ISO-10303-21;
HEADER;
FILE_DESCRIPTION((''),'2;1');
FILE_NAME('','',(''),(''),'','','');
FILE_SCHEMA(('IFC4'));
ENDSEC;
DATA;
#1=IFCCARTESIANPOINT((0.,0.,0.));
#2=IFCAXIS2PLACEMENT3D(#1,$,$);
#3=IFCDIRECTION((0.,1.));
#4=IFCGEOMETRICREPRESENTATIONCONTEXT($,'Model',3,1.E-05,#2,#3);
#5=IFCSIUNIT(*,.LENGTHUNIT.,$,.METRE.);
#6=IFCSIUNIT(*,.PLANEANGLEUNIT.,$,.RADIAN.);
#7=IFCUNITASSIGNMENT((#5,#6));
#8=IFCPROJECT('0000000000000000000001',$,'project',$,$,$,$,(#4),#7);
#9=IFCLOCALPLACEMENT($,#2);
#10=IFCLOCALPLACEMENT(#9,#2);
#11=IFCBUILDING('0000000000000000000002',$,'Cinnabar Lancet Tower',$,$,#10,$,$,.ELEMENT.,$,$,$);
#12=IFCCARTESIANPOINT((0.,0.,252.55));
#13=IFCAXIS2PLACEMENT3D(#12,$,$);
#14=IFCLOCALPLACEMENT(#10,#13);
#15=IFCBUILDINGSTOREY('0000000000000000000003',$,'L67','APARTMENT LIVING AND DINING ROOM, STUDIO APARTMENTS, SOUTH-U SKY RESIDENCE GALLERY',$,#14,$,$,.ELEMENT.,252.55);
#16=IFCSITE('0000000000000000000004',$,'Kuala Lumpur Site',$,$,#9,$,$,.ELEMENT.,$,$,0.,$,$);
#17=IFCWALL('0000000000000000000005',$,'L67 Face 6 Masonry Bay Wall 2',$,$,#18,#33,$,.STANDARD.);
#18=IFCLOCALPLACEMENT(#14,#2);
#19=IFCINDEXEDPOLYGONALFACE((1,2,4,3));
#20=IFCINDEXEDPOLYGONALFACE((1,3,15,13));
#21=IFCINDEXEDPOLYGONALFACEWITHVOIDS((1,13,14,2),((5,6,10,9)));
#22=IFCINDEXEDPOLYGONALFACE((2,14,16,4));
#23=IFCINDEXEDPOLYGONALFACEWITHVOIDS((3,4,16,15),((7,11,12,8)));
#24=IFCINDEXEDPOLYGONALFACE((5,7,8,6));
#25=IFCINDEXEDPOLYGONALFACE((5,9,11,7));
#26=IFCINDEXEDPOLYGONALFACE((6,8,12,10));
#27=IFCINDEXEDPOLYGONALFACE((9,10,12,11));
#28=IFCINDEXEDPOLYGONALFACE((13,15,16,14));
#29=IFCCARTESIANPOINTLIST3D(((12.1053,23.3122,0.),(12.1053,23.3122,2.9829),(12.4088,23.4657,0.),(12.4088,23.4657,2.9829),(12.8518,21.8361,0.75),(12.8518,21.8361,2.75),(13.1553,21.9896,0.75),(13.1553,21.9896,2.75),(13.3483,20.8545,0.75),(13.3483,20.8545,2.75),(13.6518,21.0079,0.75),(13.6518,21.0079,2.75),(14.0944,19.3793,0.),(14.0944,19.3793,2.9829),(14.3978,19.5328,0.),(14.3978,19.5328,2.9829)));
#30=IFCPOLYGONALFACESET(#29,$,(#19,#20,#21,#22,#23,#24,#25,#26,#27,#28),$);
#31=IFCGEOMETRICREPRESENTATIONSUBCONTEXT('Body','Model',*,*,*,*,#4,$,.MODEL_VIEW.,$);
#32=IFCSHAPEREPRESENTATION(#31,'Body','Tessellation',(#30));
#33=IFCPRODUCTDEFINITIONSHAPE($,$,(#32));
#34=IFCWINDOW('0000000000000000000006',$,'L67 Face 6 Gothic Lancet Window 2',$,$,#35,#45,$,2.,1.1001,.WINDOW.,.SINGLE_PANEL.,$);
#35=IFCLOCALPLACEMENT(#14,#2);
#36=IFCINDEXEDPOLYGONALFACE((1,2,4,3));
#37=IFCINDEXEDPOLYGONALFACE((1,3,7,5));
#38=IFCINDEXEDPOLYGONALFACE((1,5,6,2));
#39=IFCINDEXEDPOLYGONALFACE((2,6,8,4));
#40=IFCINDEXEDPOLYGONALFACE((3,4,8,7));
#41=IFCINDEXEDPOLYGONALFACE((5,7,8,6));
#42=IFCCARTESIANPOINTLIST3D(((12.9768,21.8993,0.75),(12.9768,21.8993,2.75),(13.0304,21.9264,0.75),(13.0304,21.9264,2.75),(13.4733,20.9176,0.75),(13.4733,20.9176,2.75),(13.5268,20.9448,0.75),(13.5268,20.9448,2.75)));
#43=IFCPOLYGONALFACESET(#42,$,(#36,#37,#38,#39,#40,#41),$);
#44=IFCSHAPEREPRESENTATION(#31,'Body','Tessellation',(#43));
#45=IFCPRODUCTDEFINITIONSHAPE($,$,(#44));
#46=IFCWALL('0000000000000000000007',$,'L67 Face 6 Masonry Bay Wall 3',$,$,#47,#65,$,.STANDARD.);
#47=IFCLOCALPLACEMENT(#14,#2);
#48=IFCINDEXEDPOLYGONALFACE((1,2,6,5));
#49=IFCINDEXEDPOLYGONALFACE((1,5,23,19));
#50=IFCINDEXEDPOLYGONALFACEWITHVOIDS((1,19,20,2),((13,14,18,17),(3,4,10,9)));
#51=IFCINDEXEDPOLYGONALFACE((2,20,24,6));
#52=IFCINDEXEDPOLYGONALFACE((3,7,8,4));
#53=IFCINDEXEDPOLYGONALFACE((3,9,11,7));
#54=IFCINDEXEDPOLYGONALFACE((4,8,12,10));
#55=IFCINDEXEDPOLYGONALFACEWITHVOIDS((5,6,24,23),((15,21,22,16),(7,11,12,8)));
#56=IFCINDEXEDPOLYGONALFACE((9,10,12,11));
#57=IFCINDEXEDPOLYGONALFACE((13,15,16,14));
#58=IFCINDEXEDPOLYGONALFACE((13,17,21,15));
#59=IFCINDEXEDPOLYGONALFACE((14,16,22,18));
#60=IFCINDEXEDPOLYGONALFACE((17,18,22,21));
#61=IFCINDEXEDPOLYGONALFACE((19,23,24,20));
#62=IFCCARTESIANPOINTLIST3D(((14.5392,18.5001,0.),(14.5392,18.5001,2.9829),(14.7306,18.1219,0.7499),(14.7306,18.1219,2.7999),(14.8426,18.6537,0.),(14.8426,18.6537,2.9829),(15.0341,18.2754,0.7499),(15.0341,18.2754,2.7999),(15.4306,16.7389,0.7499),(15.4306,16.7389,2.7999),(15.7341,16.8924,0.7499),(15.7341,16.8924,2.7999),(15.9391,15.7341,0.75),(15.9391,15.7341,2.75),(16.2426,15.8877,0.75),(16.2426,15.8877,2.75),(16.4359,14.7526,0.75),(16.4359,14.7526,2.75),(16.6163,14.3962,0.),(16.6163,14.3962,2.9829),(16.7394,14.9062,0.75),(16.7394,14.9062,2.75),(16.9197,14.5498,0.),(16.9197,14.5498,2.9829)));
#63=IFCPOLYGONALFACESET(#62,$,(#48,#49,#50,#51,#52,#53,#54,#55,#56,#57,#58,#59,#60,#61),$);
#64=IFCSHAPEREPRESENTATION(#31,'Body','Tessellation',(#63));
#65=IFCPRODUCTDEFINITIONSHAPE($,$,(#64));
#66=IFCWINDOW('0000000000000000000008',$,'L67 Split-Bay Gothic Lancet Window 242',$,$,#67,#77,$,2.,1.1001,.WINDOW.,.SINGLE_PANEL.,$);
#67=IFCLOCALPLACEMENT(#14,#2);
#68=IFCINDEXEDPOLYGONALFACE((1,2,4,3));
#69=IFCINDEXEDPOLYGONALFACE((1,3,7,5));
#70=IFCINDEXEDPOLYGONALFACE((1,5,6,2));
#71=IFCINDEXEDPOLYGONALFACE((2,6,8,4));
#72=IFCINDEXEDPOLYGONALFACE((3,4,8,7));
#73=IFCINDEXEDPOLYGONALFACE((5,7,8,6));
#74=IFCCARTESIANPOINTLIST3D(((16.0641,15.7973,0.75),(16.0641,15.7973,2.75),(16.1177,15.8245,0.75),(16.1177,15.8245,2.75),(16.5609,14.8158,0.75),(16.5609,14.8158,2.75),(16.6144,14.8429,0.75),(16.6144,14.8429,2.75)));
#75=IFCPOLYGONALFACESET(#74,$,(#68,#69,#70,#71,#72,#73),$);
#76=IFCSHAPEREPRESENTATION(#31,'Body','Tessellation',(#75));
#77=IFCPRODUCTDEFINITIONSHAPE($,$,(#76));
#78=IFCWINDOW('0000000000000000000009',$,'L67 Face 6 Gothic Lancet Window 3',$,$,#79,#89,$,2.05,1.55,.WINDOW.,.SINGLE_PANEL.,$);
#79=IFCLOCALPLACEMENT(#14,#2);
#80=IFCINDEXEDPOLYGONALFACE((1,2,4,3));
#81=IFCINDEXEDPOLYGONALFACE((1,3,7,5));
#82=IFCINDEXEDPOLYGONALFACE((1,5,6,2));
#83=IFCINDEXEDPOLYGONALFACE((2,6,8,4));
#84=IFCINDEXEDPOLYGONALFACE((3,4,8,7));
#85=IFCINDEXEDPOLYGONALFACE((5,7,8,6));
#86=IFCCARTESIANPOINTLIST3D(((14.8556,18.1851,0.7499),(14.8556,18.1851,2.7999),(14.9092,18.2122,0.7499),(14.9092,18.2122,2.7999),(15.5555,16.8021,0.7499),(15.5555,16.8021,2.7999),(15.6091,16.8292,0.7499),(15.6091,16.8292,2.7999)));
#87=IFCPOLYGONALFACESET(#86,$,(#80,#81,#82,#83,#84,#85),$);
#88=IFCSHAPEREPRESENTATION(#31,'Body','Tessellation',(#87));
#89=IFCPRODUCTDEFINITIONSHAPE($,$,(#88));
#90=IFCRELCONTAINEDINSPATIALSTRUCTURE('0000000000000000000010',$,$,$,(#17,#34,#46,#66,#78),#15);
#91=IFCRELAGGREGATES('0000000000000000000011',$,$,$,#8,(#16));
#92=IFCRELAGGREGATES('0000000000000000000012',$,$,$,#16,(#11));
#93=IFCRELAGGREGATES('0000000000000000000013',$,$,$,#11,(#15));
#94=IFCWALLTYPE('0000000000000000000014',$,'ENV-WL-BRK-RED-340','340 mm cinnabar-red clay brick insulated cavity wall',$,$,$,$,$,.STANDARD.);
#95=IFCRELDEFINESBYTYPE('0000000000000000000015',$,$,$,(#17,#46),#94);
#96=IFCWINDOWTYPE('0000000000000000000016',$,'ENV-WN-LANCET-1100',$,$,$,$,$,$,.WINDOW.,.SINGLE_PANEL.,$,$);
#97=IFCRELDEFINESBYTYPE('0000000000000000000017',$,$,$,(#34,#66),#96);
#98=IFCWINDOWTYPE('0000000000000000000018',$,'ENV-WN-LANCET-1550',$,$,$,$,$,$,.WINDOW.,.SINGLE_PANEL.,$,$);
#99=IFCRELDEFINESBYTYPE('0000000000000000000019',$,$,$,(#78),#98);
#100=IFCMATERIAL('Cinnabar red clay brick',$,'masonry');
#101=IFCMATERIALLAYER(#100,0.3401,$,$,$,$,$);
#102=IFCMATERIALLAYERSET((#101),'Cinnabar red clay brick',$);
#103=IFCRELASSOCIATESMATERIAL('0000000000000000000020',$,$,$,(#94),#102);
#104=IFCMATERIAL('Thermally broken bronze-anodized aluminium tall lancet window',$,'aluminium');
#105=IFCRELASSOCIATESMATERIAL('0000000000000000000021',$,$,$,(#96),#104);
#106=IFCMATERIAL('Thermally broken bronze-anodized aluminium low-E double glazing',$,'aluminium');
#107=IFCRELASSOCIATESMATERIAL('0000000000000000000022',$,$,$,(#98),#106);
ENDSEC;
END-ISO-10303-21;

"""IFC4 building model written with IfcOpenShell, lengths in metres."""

from ifc_helpers import new_model, si_unit, direction, frame, frame_2d, origin, place, context, subcontext, project, spatial, rectangle, extrude, material, layer, layer_set, type_object, element, fill, save


model = new_model("IFC4")

# Units and contexts
model_context = context("Model", 3, precision=1e-05, world=origin(), true_north=direction((0.0, 1.0)))
body_context = subcontext(model_context, "Body", "Model", "MODEL_VIEW")
ifc_project = project(units=[si_unit("LENGTHUNIT", "METRE"), si_unit("PLANEANGLEUNIT", "RADIAN")], contexts=[model_context])

# Site, building, storey
site_placement = place(None, origin())
site = spatial("IfcSite", under=ifc_project, at=site_placement, Name="Kuala Lumpur Site", CompositionType="ELEMENT", RefElevation=0.0)
building_placement = place(site_placement, origin())
building = spatial("IfcBuilding", under=site, at=building_placement, Name="Cinnabar Lancet Tower", CompositionType="ELEMENT")
storey_placement = place(building_placement, frame((0.0, 0.0, 252.55)))
storey = spatial("IfcBuildingStorey", under=building, at=storey_placement, Name="L67", Description="APARTMENT LIVING AND DINING ROOM, STUDIO APARTMENTS, SOUTH-U SKY RESIDENCE GALLERY", CompositionType="ELEMENT", Elevation=252.55)

# Wall, opening, window
ifc_material_1 = material(Name="Cinnabar red clay brick", Category="masonry")
ifc_layer_1 = layer(ifc_material_1, 0.3401)
ifc_layer_set_1 = layer_set([ifc_layer_1], Name="Cinnabar red clay brick")
wall_type_1 = type_object("IfcWallType", Name="ENV-WL-BRK-RED-340", Description="340 mm cinnabar-red clay brick insulated cavity wall", PredefinedType="STANDARD", material=ifc_layer_set_1)
wall_1_placement = place(storey_placement, frame((12.2571, 23.3889, 0.0), z_axis=(0.0, 0.0, 1.0), x_axis=(0.451308, -0.892368, 0.0)))
wall_1 = element("IfcWall", 1, at=wall_1_placement, inside=storey, type_object=wall_type_1, Name="L67 Face 6 Masonry Bay Wall 2", PredefinedType="STANDARD", context=body_context, shape_type="SweptSolid", body=[
    extrude(rectangle(XDim=4.4072, YDim=0.3401, at=frame_2d((2.2036, 0.0))), origin(), (0.0, 0.0, 1.0), 2.9829),
])
opening_1_placement = place(wall_1_placement, frame((1.6541, 0.0, 0.75)))
opening_1 = element("IfcOpeningElement", 2, at=opening_1_placement, cuts=wall_1, PredefinedType="OPENING", context=body_context, shape_type="SweptSolid", body=[
    extrude(rectangle(XDim=1.1001, YDim=2.0, at=frame_2d((0.55, 1.0))), frame((0.0, 0.1799, 0.0), z_axis=(0.0, -1.0, 0.0), x_axis=(1.0, 0.0, 0.0)), (0.0, 0.0, 1.0), 0.3601),
])
ifc_material_2 = material(Name="Thermally broken bronze-anodized aluminium tall lancet window", Category="aluminium")
window_type_1 = type_object("IfcWindowType", Name="ENV-WN-LANCET-1100", PartitioningType="SINGLE_PANEL", PredefinedType="WINDOW", material=ifc_material_2)
window_1_placement = place(opening_1_placement, origin())
window_1 = element("IfcWindow", 3, at=window_1_placement, inside=storey, type_object=window_type_1, Name="L67 Face 6 Gothic Lancet Window 2", OverallHeight=2.0, OverallWidth=1.1001, PartitioningType="SINGLE_PANEL", PredefinedType="WINDOW", context=body_context, shape_type="SweptSolid", body=[
    extrude(rectangle(XDim=1.1001, YDim=2.0, at=frame_2d((0.55, 1.0))), frame((0.0, 0.03, 0.0), z_axis=(0.0, -1.0, 0.0), x_axis=(1.0, 0.0, 0.0)), (0.0, 0.0, 1.0), 0.0601),
])
fill(opening_1, window_1)

# Wall, openings, windows
wall_2_placement = place(storey_placement, frame((14.6909, 18.5769, 0.0), z_axis=(0.0, 0.0, 1.0), x_axis=(0.451582, -0.89223, 0.0)))
wall_2 = element("IfcWall", 4, at=wall_2_placement, inside=storey, type_object=wall_type_1, Name="L67 Face 6 Masonry Bay Wall 3", PredefinedType="STANDARD", context=body_context, shape_type="SweptSolid", body=[
    extrude(rectangle(XDim=4.5996, YDim=0.3401, at=frame_2d((2.2998, 0.0))), origin(), (0.0, 0.0, 1.0), 2.9829),
])
opening_2_placement = place(wall_2_placement, frame((0.4241, 0.0, 0.75)))
opening_2 = element("IfcOpeningElement", 5, at=opening_2_placement, cuts=wall_2, PredefinedType="OPENING", context=body_context, shape_type="SweptSolid", body=[
    extrude(rectangle(XDim=1.55, YDim=2.05, at=frame_2d((0.7749, 1.0249))), frame((0.0, 0.1799, 0.0), z_axis=(0.0, -1.0, 0.0), x_axis=(1.0, 0.0, 0.0)), (0.0, 0.0, 1.0), 0.3601),
])
opening_3_placement = place(wall_2_placement, frame((3.1001, 0.0, 0.75)))
opening_3 = element("IfcOpeningElement", 6, at=opening_3_placement, cuts=wall_2, PredefinedType="OPENING", context=body_context, shape_type="SweptSolid", body=[
    extrude(rectangle(XDim=1.1001, YDim=2.0, at=frame_2d((0.55, 1.0))), frame((0.0, 0.1799, 0.0), z_axis=(0.0, -1.0, 0.0), x_axis=(1.0, 0.0, 0.0)), (0.0, 0.0, 1.0), 0.3601),
])
window_2_placement = place(opening_3_placement, origin())
window_2 = element("IfcWindow", 7, at=window_2_placement, inside=storey, type_object=window_type_1, Name="L67 Split-Bay Gothic Lancet Window 242", OverallHeight=2.0, OverallWidth=1.1001, PartitioningType="SINGLE_PANEL", PredefinedType="WINDOW", context=body_context, shape_type="SweptSolid", body=[
    extrude(rectangle(XDim=1.1001, YDim=2.0, at=frame_2d((0.55, 1.0))), frame((0.0, 0.03, 0.0), z_axis=(0.0, -1.0, 0.0), x_axis=(1.0, 0.0, 0.0)), (0.0, 0.0, 1.0), 0.0601),
])
fill(opening_3, window_2)
ifc_material_3 = material(Name="Thermally broken bronze-anodized aluminium low-E double glazing", Category="aluminium")
window_type_2 = type_object("IfcWindowType", Name="ENV-WN-LANCET-1550", PartitioningType="SINGLE_PANEL", PredefinedType="WINDOW", material=ifc_material_3)
window_3_placement = place(opening_2_placement, origin())
window_3 = element("IfcWindow", 8, at=window_3_placement, inside=storey, type_object=window_type_2, Name="L67 Face 6 Gothic Lancet Window 3", OverallHeight=2.05, OverallWidth=1.55, PartitioningType="SINGLE_PANEL", PredefinedType="WINDOW", context=body_context, shape_type="SweptSolid", body=[
    extrude(rectangle(XDim=1.55, YDim=2.05, at=frame_2d((0.7749, 1.0249))), frame((0.0, 0.03, 0.0), z_axis=(0.0, -1.0, 0.0), x_axis=(1.0, 0.0, 0.0)), (0.0, 0.0, 1.0), 0.0601),
])
fill(opening_2, window_3)

save(model, "model.ifc")
